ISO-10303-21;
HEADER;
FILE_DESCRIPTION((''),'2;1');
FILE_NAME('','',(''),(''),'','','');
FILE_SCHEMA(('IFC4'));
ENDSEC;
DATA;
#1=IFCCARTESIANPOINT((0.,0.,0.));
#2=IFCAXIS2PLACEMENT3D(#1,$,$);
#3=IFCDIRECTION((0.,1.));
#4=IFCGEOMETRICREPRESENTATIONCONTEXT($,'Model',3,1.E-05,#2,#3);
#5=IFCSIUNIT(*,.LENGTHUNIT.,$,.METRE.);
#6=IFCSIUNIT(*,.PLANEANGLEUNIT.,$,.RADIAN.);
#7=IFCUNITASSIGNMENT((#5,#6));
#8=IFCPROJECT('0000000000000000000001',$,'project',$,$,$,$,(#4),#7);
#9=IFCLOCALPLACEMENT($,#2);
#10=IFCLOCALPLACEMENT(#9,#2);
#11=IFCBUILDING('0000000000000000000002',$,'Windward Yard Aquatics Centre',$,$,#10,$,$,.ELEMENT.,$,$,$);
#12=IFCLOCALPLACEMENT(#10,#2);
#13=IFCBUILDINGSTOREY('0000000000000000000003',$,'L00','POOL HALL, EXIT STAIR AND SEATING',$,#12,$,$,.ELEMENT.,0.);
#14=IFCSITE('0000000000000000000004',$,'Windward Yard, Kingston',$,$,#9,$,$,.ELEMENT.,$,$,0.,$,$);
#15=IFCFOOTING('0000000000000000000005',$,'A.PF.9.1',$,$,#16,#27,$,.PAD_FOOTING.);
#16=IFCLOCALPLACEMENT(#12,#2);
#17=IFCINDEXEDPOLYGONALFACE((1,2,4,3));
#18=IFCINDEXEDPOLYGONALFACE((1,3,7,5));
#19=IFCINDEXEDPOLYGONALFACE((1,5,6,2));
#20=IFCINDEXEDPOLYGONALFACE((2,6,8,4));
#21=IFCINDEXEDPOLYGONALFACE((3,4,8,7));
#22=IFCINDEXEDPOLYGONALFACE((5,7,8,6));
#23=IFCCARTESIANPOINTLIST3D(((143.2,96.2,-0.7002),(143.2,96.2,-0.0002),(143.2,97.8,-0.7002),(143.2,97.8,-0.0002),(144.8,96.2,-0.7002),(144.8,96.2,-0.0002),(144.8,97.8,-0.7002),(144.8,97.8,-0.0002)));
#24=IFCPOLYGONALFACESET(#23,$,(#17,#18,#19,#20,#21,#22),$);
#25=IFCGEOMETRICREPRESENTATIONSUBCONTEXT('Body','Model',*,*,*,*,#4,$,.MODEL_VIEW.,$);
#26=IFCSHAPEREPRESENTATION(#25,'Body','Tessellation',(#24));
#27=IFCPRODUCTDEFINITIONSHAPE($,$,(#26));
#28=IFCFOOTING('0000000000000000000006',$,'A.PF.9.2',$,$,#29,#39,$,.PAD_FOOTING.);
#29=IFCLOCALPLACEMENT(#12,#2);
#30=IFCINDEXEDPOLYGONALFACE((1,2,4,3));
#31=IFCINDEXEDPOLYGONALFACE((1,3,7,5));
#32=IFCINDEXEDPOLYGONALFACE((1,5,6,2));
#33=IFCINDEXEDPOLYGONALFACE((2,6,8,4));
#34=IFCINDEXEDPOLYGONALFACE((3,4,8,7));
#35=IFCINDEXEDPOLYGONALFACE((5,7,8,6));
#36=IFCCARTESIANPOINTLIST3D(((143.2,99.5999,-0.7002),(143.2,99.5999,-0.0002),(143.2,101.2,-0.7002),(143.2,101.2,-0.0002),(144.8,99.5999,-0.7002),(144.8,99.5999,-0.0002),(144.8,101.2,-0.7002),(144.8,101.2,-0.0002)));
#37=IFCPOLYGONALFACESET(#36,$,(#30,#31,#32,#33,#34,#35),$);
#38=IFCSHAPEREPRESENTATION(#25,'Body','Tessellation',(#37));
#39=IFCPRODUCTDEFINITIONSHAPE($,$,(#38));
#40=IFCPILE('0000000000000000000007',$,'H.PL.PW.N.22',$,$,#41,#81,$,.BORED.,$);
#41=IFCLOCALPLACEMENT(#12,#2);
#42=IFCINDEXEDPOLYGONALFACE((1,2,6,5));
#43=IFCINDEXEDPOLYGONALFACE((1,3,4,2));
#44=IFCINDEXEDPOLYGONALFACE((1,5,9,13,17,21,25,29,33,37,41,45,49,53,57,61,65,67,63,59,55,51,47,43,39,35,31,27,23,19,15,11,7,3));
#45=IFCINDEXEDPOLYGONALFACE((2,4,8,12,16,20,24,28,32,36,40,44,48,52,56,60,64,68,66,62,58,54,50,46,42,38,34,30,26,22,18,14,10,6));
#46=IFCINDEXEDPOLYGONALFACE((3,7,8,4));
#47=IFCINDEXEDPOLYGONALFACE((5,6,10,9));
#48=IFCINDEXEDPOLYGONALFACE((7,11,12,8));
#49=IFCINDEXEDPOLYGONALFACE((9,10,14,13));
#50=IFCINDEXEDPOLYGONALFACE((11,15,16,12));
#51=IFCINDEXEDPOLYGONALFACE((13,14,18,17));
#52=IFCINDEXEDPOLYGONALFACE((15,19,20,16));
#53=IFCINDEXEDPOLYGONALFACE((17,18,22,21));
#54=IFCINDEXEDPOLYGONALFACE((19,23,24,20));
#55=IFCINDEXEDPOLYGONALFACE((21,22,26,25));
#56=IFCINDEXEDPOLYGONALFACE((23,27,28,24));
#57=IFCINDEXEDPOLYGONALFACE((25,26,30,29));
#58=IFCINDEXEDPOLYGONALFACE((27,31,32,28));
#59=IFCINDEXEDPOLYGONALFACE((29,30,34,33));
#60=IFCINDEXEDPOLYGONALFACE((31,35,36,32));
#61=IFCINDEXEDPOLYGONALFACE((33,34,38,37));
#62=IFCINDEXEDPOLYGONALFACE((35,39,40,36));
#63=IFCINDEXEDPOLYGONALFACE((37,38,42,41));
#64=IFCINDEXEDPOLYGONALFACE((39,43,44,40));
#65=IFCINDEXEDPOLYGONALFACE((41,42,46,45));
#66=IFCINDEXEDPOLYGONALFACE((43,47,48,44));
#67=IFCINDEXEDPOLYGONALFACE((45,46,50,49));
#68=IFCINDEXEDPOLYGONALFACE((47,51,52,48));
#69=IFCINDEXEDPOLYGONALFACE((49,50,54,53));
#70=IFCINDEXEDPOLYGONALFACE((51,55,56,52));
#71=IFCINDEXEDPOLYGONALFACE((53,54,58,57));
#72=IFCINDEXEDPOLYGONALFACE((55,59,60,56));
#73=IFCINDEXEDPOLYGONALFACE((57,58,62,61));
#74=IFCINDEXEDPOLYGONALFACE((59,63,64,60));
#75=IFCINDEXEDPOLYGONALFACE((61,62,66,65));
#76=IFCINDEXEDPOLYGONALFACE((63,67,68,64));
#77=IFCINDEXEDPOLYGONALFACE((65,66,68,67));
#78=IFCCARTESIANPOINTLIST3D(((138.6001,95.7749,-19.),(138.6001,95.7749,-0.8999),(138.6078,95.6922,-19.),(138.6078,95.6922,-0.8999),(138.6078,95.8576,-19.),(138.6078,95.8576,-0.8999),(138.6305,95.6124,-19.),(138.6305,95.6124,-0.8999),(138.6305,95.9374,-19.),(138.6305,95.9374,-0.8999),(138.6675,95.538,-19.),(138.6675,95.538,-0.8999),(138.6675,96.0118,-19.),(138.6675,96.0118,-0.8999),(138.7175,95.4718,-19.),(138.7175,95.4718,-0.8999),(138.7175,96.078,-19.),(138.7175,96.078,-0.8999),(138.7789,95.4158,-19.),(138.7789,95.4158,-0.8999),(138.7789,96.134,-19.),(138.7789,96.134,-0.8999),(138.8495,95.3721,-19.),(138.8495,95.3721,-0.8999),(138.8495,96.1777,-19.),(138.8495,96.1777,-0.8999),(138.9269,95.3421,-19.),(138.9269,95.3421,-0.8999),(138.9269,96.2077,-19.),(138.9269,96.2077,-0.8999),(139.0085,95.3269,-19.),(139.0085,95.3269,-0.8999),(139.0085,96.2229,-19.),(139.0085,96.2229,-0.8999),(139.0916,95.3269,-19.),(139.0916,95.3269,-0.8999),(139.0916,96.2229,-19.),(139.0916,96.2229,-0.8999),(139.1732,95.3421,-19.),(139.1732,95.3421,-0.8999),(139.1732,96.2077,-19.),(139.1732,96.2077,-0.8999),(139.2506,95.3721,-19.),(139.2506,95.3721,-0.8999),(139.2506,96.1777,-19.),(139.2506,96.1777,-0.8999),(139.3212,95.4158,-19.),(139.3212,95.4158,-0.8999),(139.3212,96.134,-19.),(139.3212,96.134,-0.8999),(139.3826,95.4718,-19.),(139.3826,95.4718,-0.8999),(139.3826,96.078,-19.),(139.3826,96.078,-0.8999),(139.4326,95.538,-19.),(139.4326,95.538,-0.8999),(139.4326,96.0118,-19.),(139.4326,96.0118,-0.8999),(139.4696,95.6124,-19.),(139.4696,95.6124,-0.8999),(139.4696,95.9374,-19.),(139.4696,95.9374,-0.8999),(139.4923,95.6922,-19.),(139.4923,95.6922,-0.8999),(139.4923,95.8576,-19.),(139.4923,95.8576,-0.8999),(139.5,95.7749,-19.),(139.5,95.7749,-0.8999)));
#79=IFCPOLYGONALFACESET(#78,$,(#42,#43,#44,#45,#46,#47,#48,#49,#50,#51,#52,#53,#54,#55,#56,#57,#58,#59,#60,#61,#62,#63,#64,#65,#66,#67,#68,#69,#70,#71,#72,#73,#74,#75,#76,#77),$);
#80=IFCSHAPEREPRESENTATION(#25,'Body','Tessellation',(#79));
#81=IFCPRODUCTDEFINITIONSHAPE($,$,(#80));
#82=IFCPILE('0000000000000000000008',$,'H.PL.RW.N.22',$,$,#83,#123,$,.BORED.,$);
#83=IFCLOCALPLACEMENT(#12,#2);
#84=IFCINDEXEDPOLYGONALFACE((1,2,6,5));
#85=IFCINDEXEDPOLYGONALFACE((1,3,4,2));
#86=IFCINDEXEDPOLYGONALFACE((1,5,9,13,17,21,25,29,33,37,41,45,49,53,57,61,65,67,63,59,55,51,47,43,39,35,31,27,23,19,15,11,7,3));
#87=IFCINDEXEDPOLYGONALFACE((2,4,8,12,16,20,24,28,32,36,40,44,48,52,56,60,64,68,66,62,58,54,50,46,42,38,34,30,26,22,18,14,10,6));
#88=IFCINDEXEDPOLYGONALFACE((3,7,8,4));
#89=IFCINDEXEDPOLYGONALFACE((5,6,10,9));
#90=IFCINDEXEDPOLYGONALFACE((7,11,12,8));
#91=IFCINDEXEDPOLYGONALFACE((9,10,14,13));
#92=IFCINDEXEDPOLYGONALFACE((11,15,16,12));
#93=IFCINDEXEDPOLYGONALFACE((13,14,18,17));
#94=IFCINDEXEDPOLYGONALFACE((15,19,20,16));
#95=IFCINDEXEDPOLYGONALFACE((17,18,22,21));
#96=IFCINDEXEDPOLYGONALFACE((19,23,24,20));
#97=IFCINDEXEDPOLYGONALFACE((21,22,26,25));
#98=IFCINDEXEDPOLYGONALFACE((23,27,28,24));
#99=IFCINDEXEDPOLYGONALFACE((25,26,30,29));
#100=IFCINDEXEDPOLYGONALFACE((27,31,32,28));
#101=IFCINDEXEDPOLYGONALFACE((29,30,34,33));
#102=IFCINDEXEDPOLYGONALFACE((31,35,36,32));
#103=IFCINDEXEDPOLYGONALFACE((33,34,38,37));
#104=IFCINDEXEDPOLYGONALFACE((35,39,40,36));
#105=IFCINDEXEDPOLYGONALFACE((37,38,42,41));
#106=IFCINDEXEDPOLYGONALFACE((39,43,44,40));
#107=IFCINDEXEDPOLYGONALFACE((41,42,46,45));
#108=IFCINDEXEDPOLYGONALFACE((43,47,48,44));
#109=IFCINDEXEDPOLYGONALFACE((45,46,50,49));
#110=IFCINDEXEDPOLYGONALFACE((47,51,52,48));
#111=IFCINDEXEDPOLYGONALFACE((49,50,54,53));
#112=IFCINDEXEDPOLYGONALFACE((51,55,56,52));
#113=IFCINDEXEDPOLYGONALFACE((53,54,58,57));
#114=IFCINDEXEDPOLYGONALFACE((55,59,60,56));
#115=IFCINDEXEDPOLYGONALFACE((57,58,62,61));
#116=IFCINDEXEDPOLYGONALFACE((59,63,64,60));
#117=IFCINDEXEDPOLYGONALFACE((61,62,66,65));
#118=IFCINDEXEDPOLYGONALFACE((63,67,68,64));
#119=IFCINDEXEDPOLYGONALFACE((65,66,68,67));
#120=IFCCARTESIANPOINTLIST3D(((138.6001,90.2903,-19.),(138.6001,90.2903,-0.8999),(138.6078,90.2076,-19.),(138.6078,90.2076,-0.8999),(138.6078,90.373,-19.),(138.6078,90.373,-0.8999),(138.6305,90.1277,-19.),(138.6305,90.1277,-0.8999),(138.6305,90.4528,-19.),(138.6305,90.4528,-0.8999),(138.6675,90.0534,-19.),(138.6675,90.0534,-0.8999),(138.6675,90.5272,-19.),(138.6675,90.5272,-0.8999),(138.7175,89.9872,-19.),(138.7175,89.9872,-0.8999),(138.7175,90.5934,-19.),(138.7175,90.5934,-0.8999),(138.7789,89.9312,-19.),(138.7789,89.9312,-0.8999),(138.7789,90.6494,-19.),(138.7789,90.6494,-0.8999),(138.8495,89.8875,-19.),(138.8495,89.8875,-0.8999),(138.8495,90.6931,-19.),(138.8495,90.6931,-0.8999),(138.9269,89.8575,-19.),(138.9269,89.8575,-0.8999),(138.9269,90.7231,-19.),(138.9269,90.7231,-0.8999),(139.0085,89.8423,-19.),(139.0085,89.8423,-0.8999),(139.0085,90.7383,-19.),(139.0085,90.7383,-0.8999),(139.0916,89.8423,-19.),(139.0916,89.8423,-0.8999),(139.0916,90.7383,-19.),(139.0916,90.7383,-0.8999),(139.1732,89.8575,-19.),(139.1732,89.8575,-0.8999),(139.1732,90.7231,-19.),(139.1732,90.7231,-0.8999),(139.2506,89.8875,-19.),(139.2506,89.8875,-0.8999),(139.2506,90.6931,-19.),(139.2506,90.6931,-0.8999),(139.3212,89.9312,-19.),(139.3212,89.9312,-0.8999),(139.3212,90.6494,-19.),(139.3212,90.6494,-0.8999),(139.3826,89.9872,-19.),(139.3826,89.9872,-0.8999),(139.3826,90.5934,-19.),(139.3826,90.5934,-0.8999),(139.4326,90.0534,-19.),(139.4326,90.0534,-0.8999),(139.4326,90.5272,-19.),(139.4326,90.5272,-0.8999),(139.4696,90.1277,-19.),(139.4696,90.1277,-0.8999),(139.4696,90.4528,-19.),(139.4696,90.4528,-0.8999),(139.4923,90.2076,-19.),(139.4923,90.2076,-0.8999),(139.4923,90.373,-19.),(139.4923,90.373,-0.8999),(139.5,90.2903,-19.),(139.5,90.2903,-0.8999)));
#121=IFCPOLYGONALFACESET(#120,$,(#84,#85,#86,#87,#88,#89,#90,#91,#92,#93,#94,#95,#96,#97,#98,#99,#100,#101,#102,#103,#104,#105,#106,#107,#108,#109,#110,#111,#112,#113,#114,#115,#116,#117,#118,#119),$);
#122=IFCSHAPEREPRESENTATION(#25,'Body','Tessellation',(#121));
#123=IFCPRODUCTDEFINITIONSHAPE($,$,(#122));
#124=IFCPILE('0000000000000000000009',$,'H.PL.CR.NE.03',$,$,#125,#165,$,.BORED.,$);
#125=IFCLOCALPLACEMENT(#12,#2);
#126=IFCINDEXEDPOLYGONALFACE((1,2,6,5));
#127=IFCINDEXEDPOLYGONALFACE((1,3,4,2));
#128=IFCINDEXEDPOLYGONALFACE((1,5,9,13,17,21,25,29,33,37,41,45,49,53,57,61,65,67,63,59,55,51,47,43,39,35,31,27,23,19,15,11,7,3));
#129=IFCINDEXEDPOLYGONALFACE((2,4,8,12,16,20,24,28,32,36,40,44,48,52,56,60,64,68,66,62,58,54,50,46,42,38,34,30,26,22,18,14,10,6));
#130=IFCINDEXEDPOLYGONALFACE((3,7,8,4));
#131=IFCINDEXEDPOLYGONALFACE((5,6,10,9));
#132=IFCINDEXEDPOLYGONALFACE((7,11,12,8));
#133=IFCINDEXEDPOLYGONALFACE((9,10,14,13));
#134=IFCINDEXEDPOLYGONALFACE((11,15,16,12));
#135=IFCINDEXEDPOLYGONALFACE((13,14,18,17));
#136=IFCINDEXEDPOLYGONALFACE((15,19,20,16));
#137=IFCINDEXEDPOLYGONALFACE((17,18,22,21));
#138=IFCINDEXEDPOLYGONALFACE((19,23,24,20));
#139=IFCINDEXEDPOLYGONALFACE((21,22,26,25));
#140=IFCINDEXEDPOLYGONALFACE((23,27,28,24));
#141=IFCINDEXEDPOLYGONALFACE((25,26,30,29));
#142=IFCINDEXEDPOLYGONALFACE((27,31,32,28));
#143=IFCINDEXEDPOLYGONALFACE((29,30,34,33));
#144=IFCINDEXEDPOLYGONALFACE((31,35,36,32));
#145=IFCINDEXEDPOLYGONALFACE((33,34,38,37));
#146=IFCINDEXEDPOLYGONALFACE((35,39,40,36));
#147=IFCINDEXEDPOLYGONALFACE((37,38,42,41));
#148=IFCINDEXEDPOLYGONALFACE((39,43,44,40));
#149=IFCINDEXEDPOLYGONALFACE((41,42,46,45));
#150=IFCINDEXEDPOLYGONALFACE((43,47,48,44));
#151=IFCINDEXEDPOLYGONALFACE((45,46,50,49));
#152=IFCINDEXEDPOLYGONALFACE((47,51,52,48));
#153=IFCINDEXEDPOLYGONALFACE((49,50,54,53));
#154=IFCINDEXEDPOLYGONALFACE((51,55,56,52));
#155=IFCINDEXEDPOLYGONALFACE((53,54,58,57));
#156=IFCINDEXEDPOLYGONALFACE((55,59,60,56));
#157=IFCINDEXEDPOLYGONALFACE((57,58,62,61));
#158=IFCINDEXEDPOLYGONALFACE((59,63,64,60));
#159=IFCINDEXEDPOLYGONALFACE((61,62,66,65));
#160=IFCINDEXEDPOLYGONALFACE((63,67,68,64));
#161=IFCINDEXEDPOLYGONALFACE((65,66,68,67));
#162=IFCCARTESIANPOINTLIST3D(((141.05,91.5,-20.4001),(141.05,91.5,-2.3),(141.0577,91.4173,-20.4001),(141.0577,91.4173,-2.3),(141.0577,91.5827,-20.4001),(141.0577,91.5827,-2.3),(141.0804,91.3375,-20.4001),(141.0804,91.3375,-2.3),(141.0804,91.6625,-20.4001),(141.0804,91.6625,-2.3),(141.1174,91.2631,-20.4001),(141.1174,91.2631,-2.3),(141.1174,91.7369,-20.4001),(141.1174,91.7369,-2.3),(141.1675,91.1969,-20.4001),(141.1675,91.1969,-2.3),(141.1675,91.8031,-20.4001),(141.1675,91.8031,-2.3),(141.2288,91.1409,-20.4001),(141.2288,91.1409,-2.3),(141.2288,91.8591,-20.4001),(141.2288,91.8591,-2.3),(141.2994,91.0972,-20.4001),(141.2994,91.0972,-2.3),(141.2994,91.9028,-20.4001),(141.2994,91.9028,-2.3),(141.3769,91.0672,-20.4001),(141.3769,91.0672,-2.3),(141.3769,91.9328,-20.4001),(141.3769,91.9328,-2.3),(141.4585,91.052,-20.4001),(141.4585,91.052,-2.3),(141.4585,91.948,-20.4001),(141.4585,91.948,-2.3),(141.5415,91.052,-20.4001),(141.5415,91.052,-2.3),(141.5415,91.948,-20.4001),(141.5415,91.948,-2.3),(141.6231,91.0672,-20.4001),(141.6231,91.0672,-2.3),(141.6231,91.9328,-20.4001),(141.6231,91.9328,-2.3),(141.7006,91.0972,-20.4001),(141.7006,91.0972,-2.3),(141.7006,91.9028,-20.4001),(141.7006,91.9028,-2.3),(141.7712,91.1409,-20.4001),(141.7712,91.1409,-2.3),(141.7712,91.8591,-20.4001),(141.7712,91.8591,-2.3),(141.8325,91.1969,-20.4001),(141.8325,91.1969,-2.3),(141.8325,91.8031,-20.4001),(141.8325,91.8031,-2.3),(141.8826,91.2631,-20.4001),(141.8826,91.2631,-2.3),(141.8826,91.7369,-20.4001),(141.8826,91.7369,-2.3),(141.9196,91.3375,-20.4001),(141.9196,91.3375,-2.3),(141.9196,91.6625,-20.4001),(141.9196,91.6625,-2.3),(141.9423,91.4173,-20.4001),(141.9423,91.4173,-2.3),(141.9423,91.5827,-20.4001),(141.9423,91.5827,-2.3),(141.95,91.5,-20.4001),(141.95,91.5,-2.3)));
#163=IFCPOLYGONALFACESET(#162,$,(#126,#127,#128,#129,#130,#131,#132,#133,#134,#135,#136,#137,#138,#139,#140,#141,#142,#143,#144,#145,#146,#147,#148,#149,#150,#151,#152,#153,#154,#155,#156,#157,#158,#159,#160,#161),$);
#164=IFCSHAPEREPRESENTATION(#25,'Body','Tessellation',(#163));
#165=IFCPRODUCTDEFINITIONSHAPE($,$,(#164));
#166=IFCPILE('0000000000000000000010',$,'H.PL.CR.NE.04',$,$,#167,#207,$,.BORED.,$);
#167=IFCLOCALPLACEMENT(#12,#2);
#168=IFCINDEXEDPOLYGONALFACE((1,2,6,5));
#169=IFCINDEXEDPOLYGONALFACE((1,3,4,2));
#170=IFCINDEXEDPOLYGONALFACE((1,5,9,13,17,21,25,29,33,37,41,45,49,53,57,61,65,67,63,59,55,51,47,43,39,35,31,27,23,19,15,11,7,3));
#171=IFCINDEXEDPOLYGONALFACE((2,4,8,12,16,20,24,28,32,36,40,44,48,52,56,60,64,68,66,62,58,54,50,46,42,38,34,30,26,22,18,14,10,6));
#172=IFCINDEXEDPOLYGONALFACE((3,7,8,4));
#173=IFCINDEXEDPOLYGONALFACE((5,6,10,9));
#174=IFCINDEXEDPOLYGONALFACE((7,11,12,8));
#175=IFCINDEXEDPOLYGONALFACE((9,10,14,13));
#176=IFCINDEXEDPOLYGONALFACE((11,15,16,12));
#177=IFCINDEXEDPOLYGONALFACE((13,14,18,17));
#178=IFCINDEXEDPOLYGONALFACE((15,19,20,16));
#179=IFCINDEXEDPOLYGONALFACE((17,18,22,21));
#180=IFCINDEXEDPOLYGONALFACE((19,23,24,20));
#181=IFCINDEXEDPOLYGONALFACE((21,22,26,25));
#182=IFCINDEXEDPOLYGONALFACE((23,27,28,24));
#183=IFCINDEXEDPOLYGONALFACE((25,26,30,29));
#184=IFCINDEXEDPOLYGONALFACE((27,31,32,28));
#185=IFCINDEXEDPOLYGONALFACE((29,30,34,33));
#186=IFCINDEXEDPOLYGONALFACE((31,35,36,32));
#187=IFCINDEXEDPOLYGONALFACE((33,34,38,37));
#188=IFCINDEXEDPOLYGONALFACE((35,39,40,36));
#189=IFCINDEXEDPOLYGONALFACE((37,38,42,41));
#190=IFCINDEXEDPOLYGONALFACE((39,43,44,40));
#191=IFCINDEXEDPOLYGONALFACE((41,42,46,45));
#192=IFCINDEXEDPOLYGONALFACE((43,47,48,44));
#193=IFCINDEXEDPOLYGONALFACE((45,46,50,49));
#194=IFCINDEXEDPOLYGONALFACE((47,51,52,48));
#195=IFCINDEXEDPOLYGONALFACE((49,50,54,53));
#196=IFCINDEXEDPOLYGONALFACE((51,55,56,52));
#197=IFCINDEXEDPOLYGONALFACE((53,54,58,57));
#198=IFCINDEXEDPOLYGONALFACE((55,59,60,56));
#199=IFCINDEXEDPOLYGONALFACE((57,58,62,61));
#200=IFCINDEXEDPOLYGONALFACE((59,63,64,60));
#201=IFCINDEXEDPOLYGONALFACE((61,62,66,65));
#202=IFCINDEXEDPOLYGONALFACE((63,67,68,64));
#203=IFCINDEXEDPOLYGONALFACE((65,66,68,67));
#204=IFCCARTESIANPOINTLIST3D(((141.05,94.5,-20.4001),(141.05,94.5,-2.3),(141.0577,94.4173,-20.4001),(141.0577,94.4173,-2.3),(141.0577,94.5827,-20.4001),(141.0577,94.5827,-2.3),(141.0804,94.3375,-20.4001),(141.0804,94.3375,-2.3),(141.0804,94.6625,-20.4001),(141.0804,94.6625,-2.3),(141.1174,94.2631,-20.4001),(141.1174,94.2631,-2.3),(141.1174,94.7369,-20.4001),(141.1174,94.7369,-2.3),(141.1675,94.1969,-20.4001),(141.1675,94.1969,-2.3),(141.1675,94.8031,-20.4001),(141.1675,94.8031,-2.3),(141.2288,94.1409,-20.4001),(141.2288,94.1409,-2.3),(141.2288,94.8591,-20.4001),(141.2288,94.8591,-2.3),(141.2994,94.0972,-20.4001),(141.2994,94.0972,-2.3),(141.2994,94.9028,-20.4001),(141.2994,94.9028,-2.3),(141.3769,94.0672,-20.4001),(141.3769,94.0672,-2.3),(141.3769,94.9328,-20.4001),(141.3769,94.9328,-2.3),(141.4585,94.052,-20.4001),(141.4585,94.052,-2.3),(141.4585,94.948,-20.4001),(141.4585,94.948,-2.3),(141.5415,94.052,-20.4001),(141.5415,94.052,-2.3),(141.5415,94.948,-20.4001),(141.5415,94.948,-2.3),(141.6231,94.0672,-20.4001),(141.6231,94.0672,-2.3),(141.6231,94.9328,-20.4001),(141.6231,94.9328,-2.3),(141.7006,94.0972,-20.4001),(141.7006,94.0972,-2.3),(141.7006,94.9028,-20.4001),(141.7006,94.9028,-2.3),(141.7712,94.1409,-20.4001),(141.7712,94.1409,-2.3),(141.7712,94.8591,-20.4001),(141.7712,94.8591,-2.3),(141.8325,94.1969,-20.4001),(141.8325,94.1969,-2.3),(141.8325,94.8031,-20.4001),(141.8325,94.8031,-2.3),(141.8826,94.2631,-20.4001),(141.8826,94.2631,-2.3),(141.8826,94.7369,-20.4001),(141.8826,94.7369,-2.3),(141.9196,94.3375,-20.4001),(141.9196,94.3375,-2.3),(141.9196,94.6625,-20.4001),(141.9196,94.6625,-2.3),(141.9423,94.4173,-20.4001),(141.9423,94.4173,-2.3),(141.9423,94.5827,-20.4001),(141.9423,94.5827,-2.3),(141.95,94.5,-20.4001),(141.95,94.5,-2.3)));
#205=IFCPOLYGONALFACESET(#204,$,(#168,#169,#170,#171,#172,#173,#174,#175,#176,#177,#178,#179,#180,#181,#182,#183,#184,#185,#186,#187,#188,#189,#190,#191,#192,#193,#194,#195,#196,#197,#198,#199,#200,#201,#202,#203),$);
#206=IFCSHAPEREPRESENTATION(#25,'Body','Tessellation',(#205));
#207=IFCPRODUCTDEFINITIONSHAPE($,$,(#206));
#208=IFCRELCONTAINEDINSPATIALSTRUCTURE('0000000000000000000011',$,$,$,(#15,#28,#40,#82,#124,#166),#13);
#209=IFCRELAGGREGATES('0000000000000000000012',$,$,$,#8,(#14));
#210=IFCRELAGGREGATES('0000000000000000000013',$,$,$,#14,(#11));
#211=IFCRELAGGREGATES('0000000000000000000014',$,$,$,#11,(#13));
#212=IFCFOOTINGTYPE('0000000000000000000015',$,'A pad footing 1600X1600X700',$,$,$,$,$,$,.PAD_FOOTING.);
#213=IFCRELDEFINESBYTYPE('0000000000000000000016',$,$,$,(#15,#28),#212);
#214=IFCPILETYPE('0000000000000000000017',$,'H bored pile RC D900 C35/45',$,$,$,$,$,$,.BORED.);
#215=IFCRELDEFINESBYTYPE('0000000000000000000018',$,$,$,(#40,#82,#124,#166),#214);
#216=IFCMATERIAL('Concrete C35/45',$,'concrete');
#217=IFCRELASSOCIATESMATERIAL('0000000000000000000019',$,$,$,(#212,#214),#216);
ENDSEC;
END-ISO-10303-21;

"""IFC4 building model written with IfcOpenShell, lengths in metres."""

from ifc_helpers import new_model, si_unit, direction, frame, origin, origin_2d, place, context, subcontext, project, spatial, rectangle, circle, extrude, material, material_profile, profile_set, type_object, element, save


model = new_model("IFC4")

# Units and contexts
model_context = context("Model", 3, precision=1e-05, world=origin(), true_north=direction((0.0, 1.0)))
body_context = subcontext(model_context, "Body", "Model", "MODEL_VIEW")
ifc_project = project(units=[si_unit("LENGTHUNIT", "METRE"), si_unit("PLANEANGLEUNIT", "RADIAN")], contexts=[model_context])

# Site, building, storey
site_placement = place(None, origin())
site = spatial("IfcSite", under=ifc_project, at=site_placement, Name="Windward Yard, Kingston", CompositionType="ELEMENT", RefElevation=0.0)
building_placement = place(site_placement, origin())
building = spatial("IfcBuilding", under=site, at=building_placement, Name="Windward Yard Aquatics Centre", CompositionType="ELEMENT")
storey_placement = place(building_placement, origin())
storey = spatial("IfcBuildingStorey", under=building, at=storey_placement, Name="L00", Description="POOL HALL, EXIT STAIR AND SEATING", CompositionType="ELEMENT", Elevation=0.0)

# Footings
ifc_material_1 = material(Name="Concrete C35/45", Category="concrete")
footing_type_1 = type_object("IfcFootingType", Name="A pad footing 1600X1600X700", PredefinedType="PAD_FOOTING", material=ifc_material_1)
for number, where, z_axis, x_axis, name in (
    (1, (144.0, 97.0, -0.7002), (0.0, 0.0, 1.0), (1.0, 0.0, 0.0), "A.PF.9.1"),
    (2, (144.0, 100.3999, -0.7002), (0.0, 0.0, 1.0), (1.0, 0.0, 0.0), "A.PF.9.2"),
):
    element("IfcFooting", number, at=place(storey_placement, frame(where, z_axis=z_axis, x_axis=x_axis)), inside=storey, type_object=footing_type_1, Name=name, PredefinedType="PAD_FOOTING", context=body_context, shape_type="SweptSolid", body=[
        extrude(rectangle(XDim=1.6001, YDim=1.6001, at=origin_2d()), origin(), (0.0, 0.0, 1.0), 0.7),
    ])

# Piles
ifc_material_profile_1 = material_profile(ifc_material_1, circle(Radius=0.45, at=origin_2d()), Name="RC D900")
ifc_profile_set_1 = profile_set([ifc_material_profile_1], Name="Concrete C35/45")
pile_type_1 = type_object("IfcPileType", Name="H bored pile RC D900 C35/45", PredefinedType="BORED", material=ifc_profile_set_1)
for number, where, z_axis, x_axis, name in (
    (3, (139.05, 95.7749, -0.8999), (0.0, 0.0, -1.0), (1.0, 0.0, 0.0), "H.PL.PW.N.22"),
    (4, (139.05, 90.2903, -0.8999), (0.0, 0.0, -1.0), (1.0, 0.0, 0.0), "H.PL.RW.N.22"),
    (5, (141.5, 91.5, -2.3), (0.0, 0.0, -1.0), (1.0, 0.0, 0.0), "H.PL.CR.NE.03"),
    (6, (141.5, 94.5, -2.3), (0.0, 0.0, -1.0), (1.0, 0.0, 0.0), "H.PL.CR.NE.04"),
):
    element("IfcPile", number, at=place(storey_placement, frame(where, z_axis=z_axis, x_axis=x_axis)), inside=storey, type_object=pile_type_1, Name=name, PredefinedType="BORED", context=body_context, shape_type="SweptSolid", body=[
        extrude(circle(Radius=0.45, at=origin_2d()), origin(), (0.0, 0.0, 1.0), 18.1001),
    ])

save(model, "model.ifc")
